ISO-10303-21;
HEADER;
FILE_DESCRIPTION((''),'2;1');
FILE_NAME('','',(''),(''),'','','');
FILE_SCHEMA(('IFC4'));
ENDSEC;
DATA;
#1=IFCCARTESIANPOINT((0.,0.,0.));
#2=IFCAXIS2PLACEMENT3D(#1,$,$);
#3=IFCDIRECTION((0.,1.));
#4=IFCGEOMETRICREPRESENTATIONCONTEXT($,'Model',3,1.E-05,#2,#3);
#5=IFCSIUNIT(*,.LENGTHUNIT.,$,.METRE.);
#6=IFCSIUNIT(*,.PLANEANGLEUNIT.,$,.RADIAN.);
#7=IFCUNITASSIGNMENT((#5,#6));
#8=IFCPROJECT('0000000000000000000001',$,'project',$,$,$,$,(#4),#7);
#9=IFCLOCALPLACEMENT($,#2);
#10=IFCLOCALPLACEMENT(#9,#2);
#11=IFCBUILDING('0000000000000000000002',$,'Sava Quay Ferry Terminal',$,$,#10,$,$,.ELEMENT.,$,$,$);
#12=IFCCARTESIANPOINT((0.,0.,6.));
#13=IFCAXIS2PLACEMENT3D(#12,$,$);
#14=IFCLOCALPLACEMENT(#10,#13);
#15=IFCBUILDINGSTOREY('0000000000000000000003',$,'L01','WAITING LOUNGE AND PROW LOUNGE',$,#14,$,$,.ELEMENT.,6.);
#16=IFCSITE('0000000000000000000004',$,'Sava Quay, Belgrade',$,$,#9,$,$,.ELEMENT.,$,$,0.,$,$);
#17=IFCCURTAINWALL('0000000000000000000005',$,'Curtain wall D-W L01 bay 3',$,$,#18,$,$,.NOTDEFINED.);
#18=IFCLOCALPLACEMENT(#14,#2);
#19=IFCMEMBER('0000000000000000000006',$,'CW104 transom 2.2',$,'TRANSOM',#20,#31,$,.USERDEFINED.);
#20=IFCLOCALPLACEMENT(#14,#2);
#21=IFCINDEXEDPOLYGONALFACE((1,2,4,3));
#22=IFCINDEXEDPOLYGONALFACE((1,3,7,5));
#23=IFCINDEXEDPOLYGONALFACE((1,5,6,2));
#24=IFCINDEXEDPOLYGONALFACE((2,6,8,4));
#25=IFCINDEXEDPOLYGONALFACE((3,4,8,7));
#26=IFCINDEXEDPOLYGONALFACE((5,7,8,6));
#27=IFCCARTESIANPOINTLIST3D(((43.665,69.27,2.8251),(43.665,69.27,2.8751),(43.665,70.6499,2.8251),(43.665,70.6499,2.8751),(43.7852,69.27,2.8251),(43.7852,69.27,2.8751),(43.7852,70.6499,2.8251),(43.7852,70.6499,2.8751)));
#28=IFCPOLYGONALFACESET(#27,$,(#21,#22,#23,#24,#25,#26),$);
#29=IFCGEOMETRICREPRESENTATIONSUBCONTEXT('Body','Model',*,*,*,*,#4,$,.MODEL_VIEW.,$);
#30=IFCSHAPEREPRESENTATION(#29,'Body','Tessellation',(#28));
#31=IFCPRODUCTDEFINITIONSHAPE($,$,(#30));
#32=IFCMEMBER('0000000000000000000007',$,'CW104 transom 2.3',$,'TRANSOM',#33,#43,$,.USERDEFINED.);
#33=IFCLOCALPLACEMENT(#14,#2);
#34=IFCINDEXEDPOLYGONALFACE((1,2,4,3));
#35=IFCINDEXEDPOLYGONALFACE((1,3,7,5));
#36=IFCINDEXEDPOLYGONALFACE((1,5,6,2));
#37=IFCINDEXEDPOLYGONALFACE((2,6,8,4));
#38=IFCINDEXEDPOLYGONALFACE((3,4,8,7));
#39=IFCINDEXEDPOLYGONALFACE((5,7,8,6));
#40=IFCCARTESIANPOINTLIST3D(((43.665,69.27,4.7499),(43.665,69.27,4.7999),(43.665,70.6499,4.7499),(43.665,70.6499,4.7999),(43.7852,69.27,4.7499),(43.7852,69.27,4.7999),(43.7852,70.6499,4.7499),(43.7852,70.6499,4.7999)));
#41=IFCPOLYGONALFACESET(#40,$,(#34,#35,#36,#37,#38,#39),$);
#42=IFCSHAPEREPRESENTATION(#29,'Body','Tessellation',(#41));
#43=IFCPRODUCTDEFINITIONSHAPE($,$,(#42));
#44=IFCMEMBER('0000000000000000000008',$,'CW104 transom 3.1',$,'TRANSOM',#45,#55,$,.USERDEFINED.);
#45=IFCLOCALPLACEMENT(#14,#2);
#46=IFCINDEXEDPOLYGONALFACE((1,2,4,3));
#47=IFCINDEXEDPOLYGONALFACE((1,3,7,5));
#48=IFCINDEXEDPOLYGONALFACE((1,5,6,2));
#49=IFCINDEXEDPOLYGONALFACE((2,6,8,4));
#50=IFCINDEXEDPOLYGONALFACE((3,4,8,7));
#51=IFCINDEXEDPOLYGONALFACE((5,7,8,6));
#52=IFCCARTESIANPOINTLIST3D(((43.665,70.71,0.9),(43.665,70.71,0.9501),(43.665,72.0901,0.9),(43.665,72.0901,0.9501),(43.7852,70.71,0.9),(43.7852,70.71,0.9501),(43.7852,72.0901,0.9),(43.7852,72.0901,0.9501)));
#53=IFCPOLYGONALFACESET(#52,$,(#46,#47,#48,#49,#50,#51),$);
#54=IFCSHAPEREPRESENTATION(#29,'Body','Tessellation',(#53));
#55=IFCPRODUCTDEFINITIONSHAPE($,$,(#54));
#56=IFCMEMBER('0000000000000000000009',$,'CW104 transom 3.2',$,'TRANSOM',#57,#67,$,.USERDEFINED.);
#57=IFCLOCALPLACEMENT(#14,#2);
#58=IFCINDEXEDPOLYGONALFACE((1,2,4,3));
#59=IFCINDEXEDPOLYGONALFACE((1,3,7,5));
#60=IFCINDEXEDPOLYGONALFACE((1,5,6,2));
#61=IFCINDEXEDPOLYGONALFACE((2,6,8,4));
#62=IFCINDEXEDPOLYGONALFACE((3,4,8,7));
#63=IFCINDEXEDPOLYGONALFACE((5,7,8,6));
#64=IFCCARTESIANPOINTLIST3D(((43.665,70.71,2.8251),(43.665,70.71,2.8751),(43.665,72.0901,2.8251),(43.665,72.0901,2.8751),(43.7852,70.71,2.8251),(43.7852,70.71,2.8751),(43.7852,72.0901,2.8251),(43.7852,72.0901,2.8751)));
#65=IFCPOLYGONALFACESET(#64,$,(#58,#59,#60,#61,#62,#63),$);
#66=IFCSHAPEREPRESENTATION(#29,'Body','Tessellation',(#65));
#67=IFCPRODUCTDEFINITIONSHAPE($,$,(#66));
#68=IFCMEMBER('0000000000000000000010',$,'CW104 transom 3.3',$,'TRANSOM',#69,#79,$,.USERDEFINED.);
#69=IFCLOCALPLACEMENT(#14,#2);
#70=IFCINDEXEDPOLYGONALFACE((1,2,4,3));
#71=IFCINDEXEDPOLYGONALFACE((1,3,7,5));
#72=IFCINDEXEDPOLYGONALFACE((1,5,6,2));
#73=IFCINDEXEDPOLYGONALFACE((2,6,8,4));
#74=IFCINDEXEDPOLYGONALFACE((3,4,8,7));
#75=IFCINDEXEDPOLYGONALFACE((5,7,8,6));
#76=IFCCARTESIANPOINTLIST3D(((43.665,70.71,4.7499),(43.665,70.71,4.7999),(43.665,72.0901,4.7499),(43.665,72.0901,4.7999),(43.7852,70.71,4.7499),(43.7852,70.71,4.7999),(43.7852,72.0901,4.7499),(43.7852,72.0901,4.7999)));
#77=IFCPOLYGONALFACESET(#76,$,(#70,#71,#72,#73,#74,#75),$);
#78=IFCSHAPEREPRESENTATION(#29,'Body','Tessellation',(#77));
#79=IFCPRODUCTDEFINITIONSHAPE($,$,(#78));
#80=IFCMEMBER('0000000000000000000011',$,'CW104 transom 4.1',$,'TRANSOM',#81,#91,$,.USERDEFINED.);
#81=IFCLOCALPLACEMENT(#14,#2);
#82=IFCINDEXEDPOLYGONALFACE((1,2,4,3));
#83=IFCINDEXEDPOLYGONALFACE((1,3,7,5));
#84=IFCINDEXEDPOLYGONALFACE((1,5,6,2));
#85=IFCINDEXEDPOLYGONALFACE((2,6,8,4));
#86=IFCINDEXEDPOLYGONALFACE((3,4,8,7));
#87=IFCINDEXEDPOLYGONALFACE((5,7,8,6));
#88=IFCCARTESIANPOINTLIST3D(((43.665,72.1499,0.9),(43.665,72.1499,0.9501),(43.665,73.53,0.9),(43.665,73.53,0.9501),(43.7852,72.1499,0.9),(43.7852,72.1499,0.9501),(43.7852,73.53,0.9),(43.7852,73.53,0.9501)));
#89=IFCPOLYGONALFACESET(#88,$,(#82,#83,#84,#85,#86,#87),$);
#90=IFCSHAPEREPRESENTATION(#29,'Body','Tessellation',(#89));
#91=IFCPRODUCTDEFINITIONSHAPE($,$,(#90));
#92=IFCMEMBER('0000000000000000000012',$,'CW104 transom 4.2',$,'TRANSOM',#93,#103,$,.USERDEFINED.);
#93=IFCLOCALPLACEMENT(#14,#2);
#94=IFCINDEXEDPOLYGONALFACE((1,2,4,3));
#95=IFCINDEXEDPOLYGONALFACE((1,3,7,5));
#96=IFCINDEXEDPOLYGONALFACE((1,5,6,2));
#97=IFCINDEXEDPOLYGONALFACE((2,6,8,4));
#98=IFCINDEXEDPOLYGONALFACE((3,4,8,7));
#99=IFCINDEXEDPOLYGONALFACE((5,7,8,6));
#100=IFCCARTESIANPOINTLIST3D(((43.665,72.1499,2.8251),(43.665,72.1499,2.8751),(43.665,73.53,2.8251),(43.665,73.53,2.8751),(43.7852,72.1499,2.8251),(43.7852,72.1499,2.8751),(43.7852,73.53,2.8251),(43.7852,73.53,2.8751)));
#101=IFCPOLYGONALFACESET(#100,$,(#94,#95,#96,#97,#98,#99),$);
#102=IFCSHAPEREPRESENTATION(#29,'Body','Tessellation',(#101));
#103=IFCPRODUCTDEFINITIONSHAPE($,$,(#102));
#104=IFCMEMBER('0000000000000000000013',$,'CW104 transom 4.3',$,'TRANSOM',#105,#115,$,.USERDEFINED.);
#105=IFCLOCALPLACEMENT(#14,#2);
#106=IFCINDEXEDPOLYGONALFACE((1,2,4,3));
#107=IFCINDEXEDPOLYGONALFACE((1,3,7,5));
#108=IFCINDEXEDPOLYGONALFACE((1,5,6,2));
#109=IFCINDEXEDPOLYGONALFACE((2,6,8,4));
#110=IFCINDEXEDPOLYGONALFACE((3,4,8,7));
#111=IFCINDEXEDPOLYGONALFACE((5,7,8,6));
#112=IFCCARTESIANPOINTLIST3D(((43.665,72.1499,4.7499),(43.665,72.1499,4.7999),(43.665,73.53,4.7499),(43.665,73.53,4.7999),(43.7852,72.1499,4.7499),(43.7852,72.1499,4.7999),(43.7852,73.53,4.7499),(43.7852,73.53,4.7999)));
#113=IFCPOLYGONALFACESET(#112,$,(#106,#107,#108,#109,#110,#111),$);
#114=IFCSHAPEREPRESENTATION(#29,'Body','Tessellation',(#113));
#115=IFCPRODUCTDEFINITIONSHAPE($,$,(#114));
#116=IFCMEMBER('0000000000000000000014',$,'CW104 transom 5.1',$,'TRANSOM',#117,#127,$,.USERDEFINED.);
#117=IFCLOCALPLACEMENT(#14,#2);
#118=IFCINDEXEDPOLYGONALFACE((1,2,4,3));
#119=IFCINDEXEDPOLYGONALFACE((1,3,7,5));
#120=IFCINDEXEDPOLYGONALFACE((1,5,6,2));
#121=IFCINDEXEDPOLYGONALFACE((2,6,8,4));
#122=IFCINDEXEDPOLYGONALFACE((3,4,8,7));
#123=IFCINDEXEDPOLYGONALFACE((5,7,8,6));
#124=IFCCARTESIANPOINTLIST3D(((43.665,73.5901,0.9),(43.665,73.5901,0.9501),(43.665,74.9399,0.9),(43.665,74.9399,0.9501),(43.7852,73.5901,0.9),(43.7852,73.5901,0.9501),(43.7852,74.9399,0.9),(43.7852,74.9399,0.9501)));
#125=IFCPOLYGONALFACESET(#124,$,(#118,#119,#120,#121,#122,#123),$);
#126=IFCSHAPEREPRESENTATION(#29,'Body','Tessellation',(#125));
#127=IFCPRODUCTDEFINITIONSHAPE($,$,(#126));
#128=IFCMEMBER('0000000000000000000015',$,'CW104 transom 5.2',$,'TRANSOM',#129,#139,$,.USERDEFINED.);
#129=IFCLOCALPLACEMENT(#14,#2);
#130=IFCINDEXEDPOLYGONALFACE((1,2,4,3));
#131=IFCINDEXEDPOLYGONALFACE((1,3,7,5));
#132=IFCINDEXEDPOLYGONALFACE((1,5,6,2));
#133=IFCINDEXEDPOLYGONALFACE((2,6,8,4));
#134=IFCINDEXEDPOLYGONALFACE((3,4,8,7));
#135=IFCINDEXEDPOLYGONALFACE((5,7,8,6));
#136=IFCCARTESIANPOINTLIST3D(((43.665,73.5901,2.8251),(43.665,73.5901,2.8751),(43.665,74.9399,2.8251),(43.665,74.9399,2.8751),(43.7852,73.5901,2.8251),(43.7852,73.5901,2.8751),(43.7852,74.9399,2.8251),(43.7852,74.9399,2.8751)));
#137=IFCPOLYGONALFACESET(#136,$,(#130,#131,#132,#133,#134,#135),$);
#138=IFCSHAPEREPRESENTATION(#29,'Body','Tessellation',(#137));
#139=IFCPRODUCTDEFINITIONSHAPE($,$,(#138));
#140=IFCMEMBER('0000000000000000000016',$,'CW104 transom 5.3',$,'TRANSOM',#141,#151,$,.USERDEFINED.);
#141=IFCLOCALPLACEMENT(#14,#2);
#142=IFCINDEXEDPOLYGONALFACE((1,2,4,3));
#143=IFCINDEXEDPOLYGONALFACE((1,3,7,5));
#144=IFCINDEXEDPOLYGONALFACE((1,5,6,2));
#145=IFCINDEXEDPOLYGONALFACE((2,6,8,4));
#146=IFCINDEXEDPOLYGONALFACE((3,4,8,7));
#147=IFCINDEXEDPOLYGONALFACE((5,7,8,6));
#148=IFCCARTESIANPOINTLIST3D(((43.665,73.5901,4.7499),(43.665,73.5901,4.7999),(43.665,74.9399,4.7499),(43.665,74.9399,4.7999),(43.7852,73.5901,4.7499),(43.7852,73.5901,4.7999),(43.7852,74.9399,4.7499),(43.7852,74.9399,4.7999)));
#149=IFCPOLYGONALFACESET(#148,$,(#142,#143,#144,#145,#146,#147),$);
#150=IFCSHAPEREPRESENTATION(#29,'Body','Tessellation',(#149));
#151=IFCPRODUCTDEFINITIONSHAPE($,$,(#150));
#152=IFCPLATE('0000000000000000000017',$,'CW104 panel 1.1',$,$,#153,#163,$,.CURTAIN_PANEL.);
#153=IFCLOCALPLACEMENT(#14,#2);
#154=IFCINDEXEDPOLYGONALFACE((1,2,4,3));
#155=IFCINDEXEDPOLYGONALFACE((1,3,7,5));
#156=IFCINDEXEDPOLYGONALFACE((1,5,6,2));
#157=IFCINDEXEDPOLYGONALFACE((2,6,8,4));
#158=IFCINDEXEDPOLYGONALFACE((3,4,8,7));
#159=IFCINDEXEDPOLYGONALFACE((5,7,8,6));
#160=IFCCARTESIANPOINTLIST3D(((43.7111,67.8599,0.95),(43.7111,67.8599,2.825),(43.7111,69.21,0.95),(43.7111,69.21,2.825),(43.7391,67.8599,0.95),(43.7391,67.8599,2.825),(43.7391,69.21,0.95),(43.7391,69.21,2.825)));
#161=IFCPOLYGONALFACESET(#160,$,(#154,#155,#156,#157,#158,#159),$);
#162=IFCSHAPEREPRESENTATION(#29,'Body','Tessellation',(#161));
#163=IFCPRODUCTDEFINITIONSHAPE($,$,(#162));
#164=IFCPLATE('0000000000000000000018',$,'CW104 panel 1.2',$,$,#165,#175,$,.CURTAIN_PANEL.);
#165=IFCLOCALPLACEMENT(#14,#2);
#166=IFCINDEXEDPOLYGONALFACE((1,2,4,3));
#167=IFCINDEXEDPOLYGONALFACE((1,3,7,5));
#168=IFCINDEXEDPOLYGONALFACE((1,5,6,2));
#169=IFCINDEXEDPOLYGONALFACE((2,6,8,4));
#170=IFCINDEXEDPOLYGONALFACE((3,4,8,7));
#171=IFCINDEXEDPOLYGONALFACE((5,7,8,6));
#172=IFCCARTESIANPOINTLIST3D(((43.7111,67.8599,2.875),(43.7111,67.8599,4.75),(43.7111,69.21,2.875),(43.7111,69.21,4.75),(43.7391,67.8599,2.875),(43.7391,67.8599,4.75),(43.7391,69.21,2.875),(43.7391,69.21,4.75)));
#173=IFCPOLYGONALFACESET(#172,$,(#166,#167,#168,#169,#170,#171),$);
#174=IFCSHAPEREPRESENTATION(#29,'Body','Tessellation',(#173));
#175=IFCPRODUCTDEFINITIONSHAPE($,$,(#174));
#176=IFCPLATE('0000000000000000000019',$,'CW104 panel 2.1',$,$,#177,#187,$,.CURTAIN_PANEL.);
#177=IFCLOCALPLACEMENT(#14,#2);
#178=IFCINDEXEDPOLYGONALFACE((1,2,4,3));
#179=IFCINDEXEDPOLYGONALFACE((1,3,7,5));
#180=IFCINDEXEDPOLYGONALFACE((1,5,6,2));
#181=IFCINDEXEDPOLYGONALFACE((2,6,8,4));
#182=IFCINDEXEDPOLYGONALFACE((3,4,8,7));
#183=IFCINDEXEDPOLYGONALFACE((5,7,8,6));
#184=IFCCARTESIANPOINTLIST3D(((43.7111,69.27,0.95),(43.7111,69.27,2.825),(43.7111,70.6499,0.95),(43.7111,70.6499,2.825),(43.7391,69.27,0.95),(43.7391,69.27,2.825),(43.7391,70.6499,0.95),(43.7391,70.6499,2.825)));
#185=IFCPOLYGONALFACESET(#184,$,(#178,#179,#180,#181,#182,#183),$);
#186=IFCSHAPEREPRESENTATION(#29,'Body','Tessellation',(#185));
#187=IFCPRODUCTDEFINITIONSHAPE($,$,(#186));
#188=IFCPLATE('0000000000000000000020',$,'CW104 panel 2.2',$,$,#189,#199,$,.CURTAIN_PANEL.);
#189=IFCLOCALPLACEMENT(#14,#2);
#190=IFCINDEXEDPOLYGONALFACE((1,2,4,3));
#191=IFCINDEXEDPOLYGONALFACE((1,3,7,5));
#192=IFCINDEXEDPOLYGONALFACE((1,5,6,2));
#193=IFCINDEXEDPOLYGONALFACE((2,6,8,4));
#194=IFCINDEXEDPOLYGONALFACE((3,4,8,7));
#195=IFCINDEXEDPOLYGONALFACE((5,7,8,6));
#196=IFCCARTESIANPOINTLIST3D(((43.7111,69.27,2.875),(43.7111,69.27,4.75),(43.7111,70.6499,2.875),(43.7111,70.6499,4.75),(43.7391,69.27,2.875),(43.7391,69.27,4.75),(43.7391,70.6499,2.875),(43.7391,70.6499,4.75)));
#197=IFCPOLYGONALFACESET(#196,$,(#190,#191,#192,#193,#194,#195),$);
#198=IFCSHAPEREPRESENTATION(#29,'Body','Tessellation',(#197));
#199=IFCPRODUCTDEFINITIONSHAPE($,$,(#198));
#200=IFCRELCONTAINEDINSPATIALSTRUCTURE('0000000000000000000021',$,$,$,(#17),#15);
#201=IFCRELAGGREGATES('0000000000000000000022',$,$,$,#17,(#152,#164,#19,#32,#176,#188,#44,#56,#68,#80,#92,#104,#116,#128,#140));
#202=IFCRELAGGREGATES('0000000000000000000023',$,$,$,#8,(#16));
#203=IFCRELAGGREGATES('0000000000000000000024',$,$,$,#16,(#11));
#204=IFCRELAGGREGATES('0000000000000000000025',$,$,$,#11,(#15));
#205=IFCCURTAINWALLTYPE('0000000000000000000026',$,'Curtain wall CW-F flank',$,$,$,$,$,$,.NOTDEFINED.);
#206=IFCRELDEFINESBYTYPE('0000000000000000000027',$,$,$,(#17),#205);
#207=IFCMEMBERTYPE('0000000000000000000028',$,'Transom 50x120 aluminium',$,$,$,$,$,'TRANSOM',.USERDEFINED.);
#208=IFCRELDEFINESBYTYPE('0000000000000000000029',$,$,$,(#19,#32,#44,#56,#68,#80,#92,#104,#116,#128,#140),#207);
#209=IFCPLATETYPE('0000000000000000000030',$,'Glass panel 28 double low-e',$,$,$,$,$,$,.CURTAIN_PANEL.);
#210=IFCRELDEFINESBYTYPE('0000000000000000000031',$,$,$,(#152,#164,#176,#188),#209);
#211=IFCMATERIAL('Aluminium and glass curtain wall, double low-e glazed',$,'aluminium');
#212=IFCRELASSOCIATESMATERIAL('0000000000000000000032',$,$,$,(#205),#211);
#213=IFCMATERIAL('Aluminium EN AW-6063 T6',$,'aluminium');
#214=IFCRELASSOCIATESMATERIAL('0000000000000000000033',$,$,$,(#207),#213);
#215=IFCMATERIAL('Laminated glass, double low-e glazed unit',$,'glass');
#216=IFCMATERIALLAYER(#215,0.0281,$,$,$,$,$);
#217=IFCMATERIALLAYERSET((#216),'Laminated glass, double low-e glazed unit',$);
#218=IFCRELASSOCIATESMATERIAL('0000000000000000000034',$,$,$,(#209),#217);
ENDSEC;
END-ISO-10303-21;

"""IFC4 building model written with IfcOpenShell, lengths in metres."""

from ifc_helpers import new_model, si_unit, direction, frame, origin, origin_2d, place, context, subcontext, project, spatial, rectangle, extrude, material, layer, layer_set, material_profile, profile_set, type_object, element, aggregate, save


model = new_model("IFC4")

# Units and contexts
model_context = context("Model", 3, precision=1e-05, world=origin(), true_north=direction((0.0, 1.0)))
body_context = subcontext(model_context, "Body", "Model", "MODEL_VIEW")
ifc_project = project(units=[si_unit("LENGTHUNIT", "METRE"), si_unit("PLANEANGLEUNIT", "RADIAN")], contexts=[model_context])

# Site, building, storey
site_placement = place(None, origin())
site = spatial("IfcSite", under=ifc_project, at=site_placement, Name="Sava Quay, Belgrade", CompositionType="ELEMENT", RefElevation=0.0)
building_placement = place(site_placement, origin())
building = spatial("IfcBuilding", under=site, at=building_placement, Name="Sava Quay Ferry Terminal", CompositionType="ELEMENT")
storey_placement = place(building_placement, frame((0.0, 0.0, 6.0)))
storey = spatial("IfcBuildingStorey", under=building, at=storey_placement, Name="L01", Description="WAITING LOUNGE AND PROW LOUNGE", CompositionType="ELEMENT", Elevation=6.0)

# Curtain wall, members, plates
ifc_material_1 = material(Name="Aluminium and glass curtain wall, double low-e glazed", Category="aluminium")
curtain_wall_type = type_object("IfcCurtainWallType", Name="Curtain wall CW-F flank", PredefinedType="NOTDEFINED", material=ifc_material_1)
curtain_wall_placement = place(storey_placement, origin())
curtain_wall = element("IfcCurtainWall", 1, at=curtain_wall_placement, inside=storey, type_object=curtain_wall_type, Name="Curtain wall D-W L01 bay 3", PredefinedType="NOTDEFINED")
ifc_material_2 = material(Name="Aluminium EN AW-6063 T6", Category="aluminium")
ifc_material_profile_1 = material_profile(ifc_material_2, rectangle(XDim=0.1201, YDim=0.05, at=origin_2d()), Name="Transom 50x120 aluminium")
ifc_profile_set_1 = profile_set([ifc_material_profile_1], Name="Aluminium EN AW-6063 T6")
member_type_1 = type_object("IfcMemberType", Name="Transom 50x120 aluminium", ElementType="TRANSOM", PredefinedType="USERDEFINED", material=ifc_profile_set_1)
member_1_placement = place(storey_placement, frame((43.7251, 69.27, 2.8501), z_axis=(0.0, 1.0, 0.0), x_axis=(-1.0, 0.0, 0.0)))
member_1 = element("IfcMember", 2, at=member_1_placement, type_object=member_type_1, Name="CW104 transom 2.2", ObjectType="TRANSOM", PredefinedType="USERDEFINED", context=body_context, shape_type="SweptSolid", body=[
    extrude(rectangle(XDim=0.1201, YDim=0.05, at=origin_2d()), origin(), (0.0, 0.0, 1.0), 1.3799),
])
member_2_placement = place(storey_placement, frame((43.7251, 69.27, 4.7749), z_axis=(0.0, 1.0, 0.0), x_axis=(-1.0, 0.0, 0.0)))
member_2 = element("IfcMember", 3, at=member_2_placement, type_object=member_type_1, Name="CW104 transom 2.3", ObjectType="TRANSOM", PredefinedType="USERDEFINED", context=body_context, shape_type="SweptSolid", body=[
    extrude(rectangle(XDim=0.1201, YDim=0.05, at=origin_2d()), origin(), (0.0, 0.0, 1.0), 1.3799),
])
member_3_placement = place(storey_placement, frame((43.7251, 70.71, 0.925), z_axis=(0.0, 1.0, 0.0), x_axis=(-1.0, 0.0, 0.0)))
member_3 = element("IfcMember", 4, at=member_3_placement, type_object=member_type_1, Name="CW104 transom 3.1", ObjectType="TRANSOM", PredefinedType="USERDEFINED", context=body_context, shape_type="SweptSolid", body=[
    extrude(rectangle(XDim=0.1201, YDim=0.05, at=origin_2d()), origin(), (0.0, 0.0, 1.0), 1.3801),
])
member_4_placement = place(storey_placement, frame((43.7251, 70.71, 2.8501), z_axis=(0.0, 1.0, 0.0), x_axis=(-1.0, 0.0, 0.0)))
member_4 = element("IfcMember", 5, at=member_4_placement, type_object=member_type_1, Name="CW104 transom 3.2", ObjectType="TRANSOM", PredefinedType="USERDEFINED", context=body_context, shape_type="SweptSolid", body=[
    extrude(rectangle(XDim=0.1201, YDim=0.05, at=origin_2d()), origin(), (0.0, 0.0, 1.0), 1.3801),
])
member_5_placement = place(storey_placement, frame((43.7251, 70.71, 4.7749), z_axis=(0.0, 1.0, 0.0), x_axis=(-1.0, 0.0, 0.0)))
member_5 = element("IfcMember", 6, at=member_5_placement, type_object=member_type_1, Name="CW104 transom 3.3", ObjectType="TRANSOM", PredefinedType="USERDEFINED", context=body_context, shape_type="SweptSolid", body=[
    extrude(rectangle(XDim=0.1201, YDim=0.05, at=origin_2d()), origin(), (0.0, 0.0, 1.0), 1.3801),
])
member_6_placement = place(storey_placement, frame((43.7251, 72.1499, 0.925), z_axis=(0.0, 1.0, 0.0), x_axis=(-1.0, 0.0, 0.0)))
member_6 = element("IfcMember", 7, at=member_6_placement, type_object=member_type_1, Name="CW104 transom 4.1", ObjectType="TRANSOM", PredefinedType="USERDEFINED", context=body_context, shape_type="SweptSolid", body=[
    extrude(rectangle(XDim=0.1201, YDim=0.05, at=origin_2d()), origin(), (0.0, 0.0, 1.0), 1.3801),
])
member_7_placement = place(storey_placement, frame((43.7251, 72.1499, 2.8501), z_axis=(0.0, 1.0, 0.0), x_axis=(-1.0, 0.0, 0.0)))
member_7 = element("IfcMember", 8, at=member_7_placement, type_object=member_type_1, Name="CW104 transom 4.2", ObjectType="TRANSOM", PredefinedType="USERDEFINED", context=body_context, shape_type="SweptSolid", body=[
    extrude(rectangle(XDim=0.1201, YDim=0.05, at=origin_2d()), origin(), (0.0, 0.0, 1.0), 1.3801),
])
member_8_placement = place(storey_placement, frame((43.7251, 72.1499, 4.7749), z_axis=(0.0, 1.0, 0.0), x_axis=(-1.0, 0.0, 0.0)))
member_8 = element("IfcMember", 9, at=member_8_placement, type_object=member_type_1, Name="CW104 transom 4.3", ObjectType="TRANSOM", PredefinedType="USERDEFINED", context=body_context, shape_type="SweptSolid", body=[
    extrude(rectangle(XDim=0.1201, YDim=0.05, at=origin_2d()), origin(), (0.0, 0.0, 1.0), 1.3801),
])
member_9_placement = place(storey_placement, frame((43.7251, 73.5901, 0.925), z_axis=(0.0, 1.0, 0.0), x_axis=(-1.0, 0.0, 0.0)))
member_9 = element("IfcMember", 10, at=member_9_placement, type_object=member_type_1, Name="CW104 transom 5.1", ObjectType="TRANSOM", PredefinedType="USERDEFINED", context=body_context, shape_type="SweptSolid", body=[
    extrude(rectangle(XDim=0.1201, YDim=0.05, at=origin_2d()), origin(), (0.0, 0.0, 1.0), 1.3499),
])
member_10_placement = place(storey_placement, frame((43.7251, 73.5901, 2.8501), z_axis=(0.0, 1.0, 0.0), x_axis=(-1.0, 0.0, 0.0)))
member_10 = element("IfcMember", 11, at=member_10_placement, type_object=member_type_1, Name="CW104 transom 5.2", ObjectType="TRANSOM", PredefinedType="USERDEFINED", context=body_context, shape_type="SweptSolid", body=[
    extrude(rectangle(XDim=0.1201, YDim=0.05, at=origin_2d()), origin(), (0.0, 0.0, 1.0), 1.3499),
])
member_11_placement = place(storey_placement, frame((43.7251, 73.5901, 4.7749), z_axis=(0.0, 1.0, 0.0), x_axis=(-1.0, 0.0, 0.0)))
member_11 = element("IfcMember", 12, at=member_11_placement, type_object=member_type_1, Name="CW104 transom 5.3", ObjectType="TRANSOM", PredefinedType="USERDEFINED", context=body_context, shape_type="SweptSolid", body=[
    extrude(rectangle(XDim=0.1201, YDim=0.05, at=origin_2d()), origin(), (0.0, 0.0, 1.0), 1.3499),
])
ifc_material_3 = material(Name="Laminated glass, double low-e glazed unit", Category="glass")
ifc_layer_1 = layer(ifc_material_3, 0.0281)
ifc_layer_set_1 = layer_set([ifc_layer_1], Name="Laminated glass, double low-e glazed unit")
plate_type = type_object("IfcPlateType", Name="Glass panel 28 double low-e", PredefinedType="CURTAIN_PANEL", material=ifc_layer_set_1)
plate_1_placement = place(storey_placement, frame((43.7251, 68.5349, 0.95), z_axis=(0.0, 0.0, 1.0), x_axis=(0.0, 1.0, 0.0)))
plate_1 = element("IfcPlate", 13, at=plate_1_placement, type_object=plate_type, Name="CW104 panel 1.1", PredefinedType="CURTAIN_PANEL", context=body_context, shape_type="SweptSolid", body=[
    extrude(rectangle(XDim=1.3501, YDim=0.0281, at=origin_2d()), origin(), (0.0, 0.0, 1.0), 1.875),
])
plate_2_placement = place(storey_placement, frame((43.7251, 68.5349, 2.875), z_axis=(0.0, 0.0, 1.0), x_axis=(0.0, 1.0, 0.0)))
plate_2 = element("IfcPlate", 14, at=plate_2_placement, type_object=plate_type, Name="CW104 panel 1.2", PredefinedType="CURTAIN_PANEL", context=body_context, shape_type="SweptSolid", body=[
    extrude(rectangle(XDim=1.3501, YDim=0.0281, at=origin_2d()), origin(), (0.0, 0.0, 1.0), 1.875),
])
plate_3_placement = place(storey_placement, frame((43.7251, 69.96, 0.95), z_axis=(0.0, 0.0, 1.0), x_axis=(0.0, 1.0, 0.0)))
plate_3 = element("IfcPlate", 15, at=plate_3_placement, type_object=plate_type, Name="CW104 panel 2.1", PredefinedType="CURTAIN_PANEL", context=body_context, shape_type="SweptSolid", body=[
    extrude(rectangle(XDim=1.3799, YDim=0.0281, at=origin_2d()), origin(), (0.0, 0.0, 1.0), 1.875),
])
plate_4_placement = place(storey_placement, frame((43.7251, 69.96, 2.875), z_axis=(0.0, 0.0, 1.0), x_axis=(0.0, 1.0, 0.0)))
plate_4 = element("IfcPlate", 16, at=plate_4_placement, type_object=plate_type, Name="CW104 panel 2.2", PredefinedType="CURTAIN_PANEL", context=body_context, shape_type="SweptSolid", body=[
    extrude(rectangle(XDim=1.3799, YDim=0.0281, at=origin_2d()), origin(), (0.0, 0.0, 1.0), 1.875),
])
aggregate(curtain_wall, [plate_1, plate_2, member_1, member_2, plate_3, plate_4, member_3, member_4, member_5, member_6, member_7, member_8, member_9, member_10, member_11])

save(model, "model.ifc")
